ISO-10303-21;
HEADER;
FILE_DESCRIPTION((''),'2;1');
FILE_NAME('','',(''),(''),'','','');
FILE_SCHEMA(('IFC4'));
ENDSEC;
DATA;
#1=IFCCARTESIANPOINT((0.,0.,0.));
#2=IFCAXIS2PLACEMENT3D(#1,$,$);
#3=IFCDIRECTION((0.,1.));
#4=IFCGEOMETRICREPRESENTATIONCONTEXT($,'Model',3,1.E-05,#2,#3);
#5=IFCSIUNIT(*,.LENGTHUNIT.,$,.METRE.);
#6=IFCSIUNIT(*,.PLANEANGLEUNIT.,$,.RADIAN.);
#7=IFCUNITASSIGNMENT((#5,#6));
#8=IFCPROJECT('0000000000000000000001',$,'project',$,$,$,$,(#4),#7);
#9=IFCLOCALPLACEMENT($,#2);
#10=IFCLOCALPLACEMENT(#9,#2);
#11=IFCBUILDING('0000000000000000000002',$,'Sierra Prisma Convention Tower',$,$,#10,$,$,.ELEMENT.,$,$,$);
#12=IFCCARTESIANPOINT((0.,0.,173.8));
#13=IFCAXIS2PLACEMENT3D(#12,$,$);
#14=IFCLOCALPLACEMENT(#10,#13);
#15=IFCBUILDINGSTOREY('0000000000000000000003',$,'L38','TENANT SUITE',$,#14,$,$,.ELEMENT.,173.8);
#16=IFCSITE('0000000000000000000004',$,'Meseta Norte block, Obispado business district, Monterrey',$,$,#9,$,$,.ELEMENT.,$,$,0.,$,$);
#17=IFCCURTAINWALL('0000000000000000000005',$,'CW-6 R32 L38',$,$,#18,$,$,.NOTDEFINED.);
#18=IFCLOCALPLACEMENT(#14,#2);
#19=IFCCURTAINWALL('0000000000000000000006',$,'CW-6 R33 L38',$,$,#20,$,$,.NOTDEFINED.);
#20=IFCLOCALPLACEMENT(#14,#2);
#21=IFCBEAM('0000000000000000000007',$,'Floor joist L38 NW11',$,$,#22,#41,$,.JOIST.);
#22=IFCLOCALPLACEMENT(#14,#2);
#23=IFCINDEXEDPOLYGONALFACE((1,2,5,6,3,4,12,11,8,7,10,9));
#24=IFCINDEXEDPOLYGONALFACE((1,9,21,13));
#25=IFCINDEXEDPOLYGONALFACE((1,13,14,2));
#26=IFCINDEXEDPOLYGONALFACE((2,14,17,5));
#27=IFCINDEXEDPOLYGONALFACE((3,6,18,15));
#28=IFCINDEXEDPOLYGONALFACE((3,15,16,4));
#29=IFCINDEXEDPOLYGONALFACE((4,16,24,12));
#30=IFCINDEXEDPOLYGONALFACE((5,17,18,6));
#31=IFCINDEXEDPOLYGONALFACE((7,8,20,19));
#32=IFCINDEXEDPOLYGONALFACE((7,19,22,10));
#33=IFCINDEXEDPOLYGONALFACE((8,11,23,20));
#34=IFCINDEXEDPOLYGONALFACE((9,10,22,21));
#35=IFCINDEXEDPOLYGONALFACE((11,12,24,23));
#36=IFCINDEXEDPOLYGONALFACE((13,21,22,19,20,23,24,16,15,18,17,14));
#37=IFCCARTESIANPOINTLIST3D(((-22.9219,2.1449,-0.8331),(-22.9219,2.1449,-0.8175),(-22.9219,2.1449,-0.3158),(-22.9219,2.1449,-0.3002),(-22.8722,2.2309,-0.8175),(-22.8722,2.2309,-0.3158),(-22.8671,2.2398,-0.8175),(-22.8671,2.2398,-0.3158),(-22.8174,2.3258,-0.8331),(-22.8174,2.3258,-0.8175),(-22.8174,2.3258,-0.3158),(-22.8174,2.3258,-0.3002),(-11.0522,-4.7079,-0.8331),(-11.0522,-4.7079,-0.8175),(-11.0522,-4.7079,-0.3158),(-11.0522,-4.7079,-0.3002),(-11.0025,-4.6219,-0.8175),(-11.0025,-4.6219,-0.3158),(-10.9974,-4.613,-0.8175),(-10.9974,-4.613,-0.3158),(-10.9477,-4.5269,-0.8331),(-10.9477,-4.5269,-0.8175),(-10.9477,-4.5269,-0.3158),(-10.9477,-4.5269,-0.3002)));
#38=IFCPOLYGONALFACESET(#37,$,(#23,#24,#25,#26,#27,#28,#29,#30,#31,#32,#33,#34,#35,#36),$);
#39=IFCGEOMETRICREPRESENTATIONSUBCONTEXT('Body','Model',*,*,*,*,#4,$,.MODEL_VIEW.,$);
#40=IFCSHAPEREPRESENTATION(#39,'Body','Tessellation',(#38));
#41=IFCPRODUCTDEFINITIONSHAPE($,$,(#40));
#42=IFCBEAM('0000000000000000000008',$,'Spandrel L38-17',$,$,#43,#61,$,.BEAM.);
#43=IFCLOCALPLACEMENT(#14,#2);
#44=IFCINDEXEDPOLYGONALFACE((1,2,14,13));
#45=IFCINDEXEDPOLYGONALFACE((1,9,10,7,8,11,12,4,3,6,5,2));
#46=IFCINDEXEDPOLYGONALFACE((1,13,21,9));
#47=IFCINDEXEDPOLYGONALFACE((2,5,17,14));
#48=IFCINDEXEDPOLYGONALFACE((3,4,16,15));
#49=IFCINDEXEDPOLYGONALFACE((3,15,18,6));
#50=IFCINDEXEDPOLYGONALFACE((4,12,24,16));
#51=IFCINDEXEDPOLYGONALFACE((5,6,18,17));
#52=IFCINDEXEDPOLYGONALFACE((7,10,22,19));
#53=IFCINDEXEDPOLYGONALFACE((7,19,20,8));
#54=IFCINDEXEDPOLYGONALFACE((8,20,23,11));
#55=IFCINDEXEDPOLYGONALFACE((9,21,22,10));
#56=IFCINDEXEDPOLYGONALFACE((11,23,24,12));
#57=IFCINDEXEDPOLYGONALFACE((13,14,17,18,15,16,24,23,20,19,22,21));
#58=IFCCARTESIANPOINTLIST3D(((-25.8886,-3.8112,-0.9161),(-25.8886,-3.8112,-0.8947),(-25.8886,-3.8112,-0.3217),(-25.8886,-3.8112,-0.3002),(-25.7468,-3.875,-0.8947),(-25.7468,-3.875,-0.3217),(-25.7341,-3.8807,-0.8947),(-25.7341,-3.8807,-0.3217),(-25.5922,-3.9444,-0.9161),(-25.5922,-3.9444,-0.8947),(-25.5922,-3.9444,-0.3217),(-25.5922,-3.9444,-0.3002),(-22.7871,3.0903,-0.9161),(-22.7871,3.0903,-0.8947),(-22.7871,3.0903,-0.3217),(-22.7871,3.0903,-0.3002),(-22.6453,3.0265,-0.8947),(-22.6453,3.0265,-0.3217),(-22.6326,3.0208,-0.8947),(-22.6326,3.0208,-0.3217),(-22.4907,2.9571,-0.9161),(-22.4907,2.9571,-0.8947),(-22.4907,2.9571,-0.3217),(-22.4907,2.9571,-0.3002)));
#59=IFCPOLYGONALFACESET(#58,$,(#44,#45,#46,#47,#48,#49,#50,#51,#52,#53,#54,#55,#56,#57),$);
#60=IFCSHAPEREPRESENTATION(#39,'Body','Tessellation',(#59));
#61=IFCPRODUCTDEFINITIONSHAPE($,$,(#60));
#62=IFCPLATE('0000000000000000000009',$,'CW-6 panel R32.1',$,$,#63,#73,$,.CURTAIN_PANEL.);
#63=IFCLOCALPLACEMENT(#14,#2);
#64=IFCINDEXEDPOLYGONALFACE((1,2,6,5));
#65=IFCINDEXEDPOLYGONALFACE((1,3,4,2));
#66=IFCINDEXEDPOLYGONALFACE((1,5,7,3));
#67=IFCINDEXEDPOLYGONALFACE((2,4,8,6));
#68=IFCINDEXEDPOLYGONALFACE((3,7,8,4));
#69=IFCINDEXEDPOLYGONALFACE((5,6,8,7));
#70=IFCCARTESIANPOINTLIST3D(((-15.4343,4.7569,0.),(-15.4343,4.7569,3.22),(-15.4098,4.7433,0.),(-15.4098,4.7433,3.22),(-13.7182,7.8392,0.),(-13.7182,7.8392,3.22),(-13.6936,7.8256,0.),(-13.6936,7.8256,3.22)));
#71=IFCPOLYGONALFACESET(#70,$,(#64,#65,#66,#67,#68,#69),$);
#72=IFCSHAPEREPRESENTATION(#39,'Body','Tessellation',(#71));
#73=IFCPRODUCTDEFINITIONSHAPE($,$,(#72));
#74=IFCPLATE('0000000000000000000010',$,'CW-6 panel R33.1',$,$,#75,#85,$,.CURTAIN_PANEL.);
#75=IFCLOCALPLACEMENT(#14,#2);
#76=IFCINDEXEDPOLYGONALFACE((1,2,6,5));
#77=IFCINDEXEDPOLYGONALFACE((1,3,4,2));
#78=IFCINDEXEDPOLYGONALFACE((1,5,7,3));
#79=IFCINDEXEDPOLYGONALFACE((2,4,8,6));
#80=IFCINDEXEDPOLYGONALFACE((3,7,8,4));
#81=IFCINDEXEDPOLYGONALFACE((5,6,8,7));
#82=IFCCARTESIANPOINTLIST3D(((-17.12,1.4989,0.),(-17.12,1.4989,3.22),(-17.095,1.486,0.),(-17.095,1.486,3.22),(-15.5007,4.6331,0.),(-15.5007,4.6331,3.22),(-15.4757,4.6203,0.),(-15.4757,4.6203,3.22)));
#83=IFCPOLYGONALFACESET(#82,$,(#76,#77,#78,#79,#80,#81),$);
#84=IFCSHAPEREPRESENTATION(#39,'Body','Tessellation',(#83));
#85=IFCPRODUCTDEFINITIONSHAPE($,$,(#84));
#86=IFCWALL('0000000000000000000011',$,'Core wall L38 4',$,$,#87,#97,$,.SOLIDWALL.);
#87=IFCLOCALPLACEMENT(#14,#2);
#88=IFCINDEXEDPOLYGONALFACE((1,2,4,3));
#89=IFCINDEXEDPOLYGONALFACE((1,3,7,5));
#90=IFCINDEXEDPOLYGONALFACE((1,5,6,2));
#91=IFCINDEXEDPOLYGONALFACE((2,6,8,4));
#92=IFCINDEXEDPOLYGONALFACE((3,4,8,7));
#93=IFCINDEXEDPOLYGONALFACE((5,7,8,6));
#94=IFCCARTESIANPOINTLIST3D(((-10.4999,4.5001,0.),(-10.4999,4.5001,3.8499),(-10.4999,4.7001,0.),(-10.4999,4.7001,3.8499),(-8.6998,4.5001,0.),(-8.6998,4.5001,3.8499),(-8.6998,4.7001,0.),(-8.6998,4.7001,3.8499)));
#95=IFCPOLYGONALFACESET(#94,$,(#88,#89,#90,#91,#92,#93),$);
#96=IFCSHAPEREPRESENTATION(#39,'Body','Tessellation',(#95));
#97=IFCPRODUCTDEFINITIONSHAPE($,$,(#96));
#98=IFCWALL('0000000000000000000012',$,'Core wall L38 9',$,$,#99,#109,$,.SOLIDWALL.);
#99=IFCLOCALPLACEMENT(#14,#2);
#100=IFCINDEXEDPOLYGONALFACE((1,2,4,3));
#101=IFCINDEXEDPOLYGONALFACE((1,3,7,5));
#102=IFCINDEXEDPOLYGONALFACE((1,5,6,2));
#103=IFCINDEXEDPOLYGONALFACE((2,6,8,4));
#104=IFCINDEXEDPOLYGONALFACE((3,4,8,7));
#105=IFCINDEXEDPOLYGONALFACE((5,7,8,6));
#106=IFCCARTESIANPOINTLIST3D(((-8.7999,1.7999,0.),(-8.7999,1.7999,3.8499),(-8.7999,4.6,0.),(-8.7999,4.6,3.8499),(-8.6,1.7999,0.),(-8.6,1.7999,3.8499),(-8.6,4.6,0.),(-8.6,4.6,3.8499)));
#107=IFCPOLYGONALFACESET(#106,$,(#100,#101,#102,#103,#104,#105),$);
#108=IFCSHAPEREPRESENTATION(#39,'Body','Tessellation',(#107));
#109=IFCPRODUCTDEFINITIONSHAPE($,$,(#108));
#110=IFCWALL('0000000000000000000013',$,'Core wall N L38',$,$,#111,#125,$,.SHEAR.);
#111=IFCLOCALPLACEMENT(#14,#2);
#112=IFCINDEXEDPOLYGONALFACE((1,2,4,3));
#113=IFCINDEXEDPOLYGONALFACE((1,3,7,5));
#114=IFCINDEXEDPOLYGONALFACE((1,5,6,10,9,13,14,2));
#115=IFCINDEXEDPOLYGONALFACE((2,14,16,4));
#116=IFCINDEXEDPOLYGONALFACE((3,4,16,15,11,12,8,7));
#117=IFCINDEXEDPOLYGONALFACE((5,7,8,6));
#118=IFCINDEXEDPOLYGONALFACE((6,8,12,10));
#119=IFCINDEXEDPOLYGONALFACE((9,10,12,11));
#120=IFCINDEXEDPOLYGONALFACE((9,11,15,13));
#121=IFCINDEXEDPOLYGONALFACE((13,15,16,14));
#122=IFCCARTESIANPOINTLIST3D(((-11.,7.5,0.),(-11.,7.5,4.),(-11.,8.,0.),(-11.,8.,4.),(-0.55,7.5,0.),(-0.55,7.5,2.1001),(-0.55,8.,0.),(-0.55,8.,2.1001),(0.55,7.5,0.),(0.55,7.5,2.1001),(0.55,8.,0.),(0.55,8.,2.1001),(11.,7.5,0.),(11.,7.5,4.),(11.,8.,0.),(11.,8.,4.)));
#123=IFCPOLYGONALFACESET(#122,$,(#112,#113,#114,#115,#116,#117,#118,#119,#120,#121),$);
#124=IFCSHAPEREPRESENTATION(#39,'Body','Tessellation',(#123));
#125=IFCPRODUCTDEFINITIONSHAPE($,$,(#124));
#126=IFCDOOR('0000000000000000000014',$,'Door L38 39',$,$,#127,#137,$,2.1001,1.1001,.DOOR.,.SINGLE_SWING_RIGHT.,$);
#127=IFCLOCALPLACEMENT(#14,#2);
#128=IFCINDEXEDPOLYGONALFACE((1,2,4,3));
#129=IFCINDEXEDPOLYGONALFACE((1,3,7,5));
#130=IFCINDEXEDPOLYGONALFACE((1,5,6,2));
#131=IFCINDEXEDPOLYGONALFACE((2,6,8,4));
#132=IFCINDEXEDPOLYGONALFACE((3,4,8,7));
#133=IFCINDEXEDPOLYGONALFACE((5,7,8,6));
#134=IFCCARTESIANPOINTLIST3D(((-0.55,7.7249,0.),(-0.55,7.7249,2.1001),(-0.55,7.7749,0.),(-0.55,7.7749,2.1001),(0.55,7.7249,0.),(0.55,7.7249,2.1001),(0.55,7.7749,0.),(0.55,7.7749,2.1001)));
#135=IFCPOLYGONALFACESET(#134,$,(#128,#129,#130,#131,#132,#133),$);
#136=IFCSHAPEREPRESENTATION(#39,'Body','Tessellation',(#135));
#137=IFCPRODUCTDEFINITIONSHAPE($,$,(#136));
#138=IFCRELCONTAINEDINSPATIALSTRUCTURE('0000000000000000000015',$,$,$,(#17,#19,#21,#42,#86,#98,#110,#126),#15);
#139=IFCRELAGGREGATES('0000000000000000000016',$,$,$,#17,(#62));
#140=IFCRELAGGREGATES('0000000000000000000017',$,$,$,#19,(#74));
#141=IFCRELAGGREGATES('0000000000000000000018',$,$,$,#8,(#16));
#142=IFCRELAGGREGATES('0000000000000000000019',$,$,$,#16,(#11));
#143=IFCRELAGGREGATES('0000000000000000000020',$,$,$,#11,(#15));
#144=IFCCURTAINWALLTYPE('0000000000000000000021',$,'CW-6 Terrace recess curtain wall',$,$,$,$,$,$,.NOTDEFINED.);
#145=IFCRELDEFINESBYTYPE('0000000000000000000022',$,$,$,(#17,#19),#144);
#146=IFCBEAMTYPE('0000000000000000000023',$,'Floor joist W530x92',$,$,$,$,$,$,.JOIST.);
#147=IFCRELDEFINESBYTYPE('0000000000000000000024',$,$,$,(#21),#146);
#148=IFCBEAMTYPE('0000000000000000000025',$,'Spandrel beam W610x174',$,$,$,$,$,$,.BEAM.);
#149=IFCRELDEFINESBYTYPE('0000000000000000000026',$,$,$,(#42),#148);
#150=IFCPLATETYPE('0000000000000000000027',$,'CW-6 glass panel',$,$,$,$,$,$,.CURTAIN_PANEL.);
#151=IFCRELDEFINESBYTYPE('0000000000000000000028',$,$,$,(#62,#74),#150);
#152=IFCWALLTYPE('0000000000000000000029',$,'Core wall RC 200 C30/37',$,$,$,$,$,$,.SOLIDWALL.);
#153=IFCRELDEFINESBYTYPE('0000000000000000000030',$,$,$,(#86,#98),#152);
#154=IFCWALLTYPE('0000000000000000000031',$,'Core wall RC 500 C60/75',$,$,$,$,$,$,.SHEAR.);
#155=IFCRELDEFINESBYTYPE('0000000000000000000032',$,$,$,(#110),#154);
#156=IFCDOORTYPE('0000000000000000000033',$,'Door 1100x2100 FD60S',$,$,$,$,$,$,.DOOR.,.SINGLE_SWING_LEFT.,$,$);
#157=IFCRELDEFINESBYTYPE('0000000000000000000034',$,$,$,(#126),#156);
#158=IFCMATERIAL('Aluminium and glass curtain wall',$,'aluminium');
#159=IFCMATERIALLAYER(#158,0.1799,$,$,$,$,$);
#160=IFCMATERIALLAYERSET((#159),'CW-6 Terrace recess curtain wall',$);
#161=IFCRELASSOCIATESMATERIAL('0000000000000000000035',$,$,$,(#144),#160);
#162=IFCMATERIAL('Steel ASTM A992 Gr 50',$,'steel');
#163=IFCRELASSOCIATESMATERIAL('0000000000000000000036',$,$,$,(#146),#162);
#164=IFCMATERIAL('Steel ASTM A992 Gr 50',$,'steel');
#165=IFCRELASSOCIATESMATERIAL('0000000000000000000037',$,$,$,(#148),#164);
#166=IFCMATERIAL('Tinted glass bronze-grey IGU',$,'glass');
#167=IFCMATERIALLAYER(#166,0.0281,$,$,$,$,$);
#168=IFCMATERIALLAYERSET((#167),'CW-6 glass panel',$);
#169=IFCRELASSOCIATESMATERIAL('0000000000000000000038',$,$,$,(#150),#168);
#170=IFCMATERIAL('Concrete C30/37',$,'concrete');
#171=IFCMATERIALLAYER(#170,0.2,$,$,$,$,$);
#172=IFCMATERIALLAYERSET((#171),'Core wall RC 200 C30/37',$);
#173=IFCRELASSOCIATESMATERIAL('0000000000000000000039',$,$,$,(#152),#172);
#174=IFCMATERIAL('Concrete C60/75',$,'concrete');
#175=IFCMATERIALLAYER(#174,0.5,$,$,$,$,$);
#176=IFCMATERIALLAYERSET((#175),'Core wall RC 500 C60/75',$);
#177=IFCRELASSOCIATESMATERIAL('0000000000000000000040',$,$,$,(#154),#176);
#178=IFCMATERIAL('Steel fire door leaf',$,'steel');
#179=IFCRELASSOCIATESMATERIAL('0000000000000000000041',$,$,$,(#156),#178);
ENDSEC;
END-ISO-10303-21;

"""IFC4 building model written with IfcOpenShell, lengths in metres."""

from ifc_helpers import new_model, si_unit, direction, frame, frame_2d, origin, origin_2d, place, context, subcontext, project, spatial, rectangle, i_section, extrude, material, layer, layer_set, material_profile, profile_set, type_object, element, fill, aggregate, save


model = new_model("IFC4")

# Units and contexts
model_context = context("Model", 3, precision=1e-05, world=origin(), true_north=direction((0.0, 1.0)))
body_context = subcontext(model_context, "Body", "Model", "MODEL_VIEW")
ifc_project = project(units=[si_unit("LENGTHUNIT", "METRE"), si_unit("PLANEANGLEUNIT", "RADIAN")], contexts=[model_context])

# Site, building, storey
site_placement = place(None, origin())
site = spatial("IfcSite", under=ifc_project, at=site_placement, Name="Meseta Norte block, Obispado business district, Monterrey", CompositionType="ELEMENT", RefElevation=0.0)
building_placement = place(site_placement, origin())
building = spatial("IfcBuilding", under=site, at=building_placement, Name="Sierra Prisma Convention Tower", CompositionType="ELEMENT")
storey_placement = place(building_placement, frame((0.0, 0.0, 173.8)))
storey = spatial("IfcBuildingStorey", under=building, at=storey_placement, Name="L38", Description="TENANT SUITE", CompositionType="ELEMENT", Elevation=173.8)

# Curtain walls
ifc_material_1 = material(Name="Aluminium and glass curtain wall", Category="aluminium")
ifc_layer_1 = layer(ifc_material_1, 0.1799)
ifc_layer_set_1 = layer_set([ifc_layer_1], Name="CW-6 Terrace recess curtain wall")
curtain_wall_type_1 = type_object("IfcCurtainWallType", Name="CW-6 Terrace recess curtain wall", PredefinedType="NOTDEFINED", material=ifc_layer_set_1)
curtain_wall_1_placement = place(storey_placement, origin())
curtain_wall_1 = element("IfcCurtainWall", 1, at=curtain_wall_1_placement, inside=storey, type_object=curtain_wall_type_1, Name="CW-6 R32 L38", PredefinedType="NOTDEFINED")
curtain_wall_2_placement = place(storey_placement, origin())
curtain_wall_2 = element("IfcCurtainWall", 2, at=curtain_wall_2_placement, inside=storey, type_object=curtain_wall_type_1, Name="CW-6 R33 L38", PredefinedType="NOTDEFINED")

# Beams
ifc_material_2 = material(Name="Steel ASTM A992 Gr 50", Category="steel")
ifc_material_profile_1 = material_profile(ifc_material_2, i_section(OverallWidth=0.209, OverallDepth=0.533, WebThickness=0.0103, FlangeThickness=0.0156, at=origin_2d()), Name="W530x92")
ifc_profile_set_1 = profile_set([ifc_material_profile_1], Name="Steel ASTM A992 Gr 50")
beam_type_1 = type_object("IfcBeamType", Name="Floor joist W530x92", PredefinedType="JOIST", material=ifc_profile_set_1)
beam_1_placement = place(storey_placement, frame((-22.8696, 2.2354, -0.5667), z_axis=(0.86603, -0.499992, 0.0), x_axis=(0.499992, 0.86603, 0.0)))
element("IfcBeam", 3, at=beam_1_placement, inside=storey, type_object=beam_type_1, Name="Floor joist L38 NW11", PredefinedType="JOIST", context=body_context, shape_type="SweptSolid", body=[
    extrude(i_section(OverallWidth=0.209, OverallDepth=0.533, WebThickness=0.0103, FlangeThickness=0.0156, at=origin_2d()), origin(), (0.0, 0.0, 1.0), 13.7058),
])
ifc_material_3 = material(Name="Steel ASTM A992 Gr 50", Category="steel")
ifc_material_profile_2 = material_profile(ifc_material_3, i_section(OverallWidth=0.325, OverallDepth=0.616, WebThickness=0.0139, FlangeThickness=0.0215, at=origin_2d()), Name="W610x174")
ifc_profile_set_2 = profile_set([ifc_material_profile_2], Name="Steel ASTM A992 Gr 50")
beam_type_2 = type_object("IfcBeamType", Name="Spandrel beam W610x174", PredefinedType="BEAM", material=ifc_profile_set_2)
beam_2_placement = place(storey_placement, frame((-22.6389, 3.0237, -0.6082), z_axis=(-0.409907, -0.912127, 0.0), x_axis=(0.912127, -0.409907, 0.0)))
element("IfcBeam", 4, at=beam_2_placement, inside=storey, type_object=beam_type_2, Name="Spandrel L38-17", PredefinedType="BEAM", context=body_context, shape_type="SweptSolid", body=[
    extrude(i_section(OverallWidth=0.325, OverallDepth=0.616, WebThickness=0.0139, FlangeThickness=0.0215, at=origin_2d()), origin(), (0.0, 0.0, 1.0), 7.5664),
])

# Plates
ifc_material_4 = material(Name="Tinted glass bronze-grey IGU", Category="glass")
ifc_layer_2 = layer(ifc_material_4, 0.0281)
ifc_layer_set_2 = layer_set([ifc_layer_2], Name="CW-6 glass panel")
plate_type = type_object("IfcPlateType", Name="CW-6 glass panel", PredefinedType="CURTAIN_PANEL", material=ifc_layer_set_2)
plate_1_placement = place(storey_placement, frame((-14.564, 6.2913, 0.0), z_axis=(0.0, 0.0, 1.0), x_axis=(-0.486451, -0.873708, 0.0)))
plate_1 = element("IfcPlate", 5, at=plate_1_placement, type_object=plate_type, Name="CW-6 panel R32.1", PredefinedType="CURTAIN_PANEL", context=body_context, shape_type="SweptSolid", body=[
    extrude(rectangle(XDim=3.5278, YDim=0.0281, at=origin_2d()), origin(), (0.0, 0.0, 1.0), 3.22),
])
aggregate(curtain_wall_1, [plate_1])
plate_2_placement = place(storey_placement, frame((-16.2979, 3.0596, 0.0), z_axis=(0.0, 0.0, 1.0), x_axis=(-0.459003, -0.888435, 0.0)))
plate_2 = element("IfcPlate", 6, at=plate_2_placement, type_object=plate_type, Name="CW-6 panel R33.1", PredefinedType="CURTAIN_PANEL", context=body_context, shape_type="SweptSolid", body=[
    extrude(rectangle(XDim=3.5278, YDim=0.0281, at=origin_2d()), origin(), (0.0, 0.0, 1.0), 3.22),
])
aggregate(curtain_wall_2, [plate_2])

# Shared definitions
ifc_material_5 = material(Name="Concrete C30/37", Category="concrete")
ifc_layer_3 = layer(ifc_material_5, 0.2)
ifc_layer_set_3 = layer_set([ifc_layer_3], Name="Core wall RC 200 C30/37")
wall_type_1 = type_object("IfcWallType", Name="Core wall RC 200 C30/37", PredefinedType="SOLIDWALL", material=ifc_layer_set_3)

# Walls
wall_1_placement = place(storey_placement, frame((-8.7, 4.6001, 0.0), z_axis=(0.0, 0.0, 1.0), x_axis=(-1.0, 0.0, 0.0)))
element("IfcWall", 7, at=wall_1_placement, inside=storey, type_object=wall_type_1, Name="Core wall L38 4", PredefinedType="SOLIDWALL", context=body_context, shape_type="SweptSolid", body=[
    extrude(rectangle(XDim=1.8, YDim=0.2, at=frame_2d((0.8999, 0.0))), origin(), (0.0, 0.0, 1.0), 3.8499),
])
wall_2_placement = place(storey_placement, frame((-8.7, 1.8, 0.0), z_axis=(0.0, 0.0, 1.0), x_axis=(0.0, 1.0, 0.0)))
element("IfcWall", 8, at=wall_2_placement, inside=storey, type_object=wall_type_1, Name="Core wall L38 9", PredefinedType="SOLIDWALL", context=body_context, shape_type="SweptSolid", body=[
    extrude(rectangle(XDim=2.8, YDim=0.2, at=frame_2d((1.3999, 0.0))), origin(), (0.0, 0.0, 1.0), 3.8499),
])

# Wall, opening, door
ifc_material_6 = material(Name="Concrete C60/75", Category="concrete")
ifc_layer_4 = layer(ifc_material_6, 0.5)
ifc_layer_set_4 = layer_set([ifc_layer_4], Name="Core wall RC 500 C60/75")
wall_type_2 = type_object("IfcWallType", Name="Core wall RC 500 C60/75", PredefinedType="SHEAR", material=ifc_layer_set_4)
wall_3_placement = place(storey_placement, frame((-11.0, 7.75, 0.0), z_axis=(0.0, 0.0, 1.0), x_axis=(1.0, 0.0, 0.0)))
wall_3 = element("IfcWall", 9, at=wall_3_placement, inside=storey, type_object=wall_type_2, Name="Core wall N L38", PredefinedType="SHEAR", context=body_context, shape_type="SweptSolid", body=[
    extrude(rectangle(XDim=22.0, YDim=0.5, at=frame_2d((11.0, 0.0))), origin(), (0.0, 0.0, 1.0), 4.0),
])
opening_1_placement = place(wall_3_placement, frame((10.45, 0.0, 0.0)))
opening_1 = element("IfcOpeningElement", 10, at=opening_1_placement, cuts=wall_3, PredefinedType="OPENING", context=body_context, shape_type="SweptSolid", body=[
    extrude(rectangle(XDim=1.1001, YDim=2.1001, at=frame_2d((0.55, 1.05))), frame((0.0, 0.25, 0.0), z_axis=(0.0, -1.0, 0.0), x_axis=(1.0, 0.0, 0.0)), (0.0, 0.0, 1.0), 0.5),
])
ifc_material_7 = material(Name="Steel fire door leaf", Category="steel")
door_type_1 = type_object("IfcDoorType", Name="Door 1100x2100 FD60S", OperationType="SINGLE_SWING_LEFT", PredefinedType="DOOR", material=ifc_material_7)
door_1_placement = place(opening_1_placement, origin())
door_1 = element("IfcDoor", 11, at=door_1_placement, inside=storey, type_object=door_type_1, Name="Door L38 39", OperationType="SINGLE_SWING_RIGHT", OverallHeight=2.1001, OverallWidth=1.1001, PredefinedType="DOOR", context=body_context, shape_type="SweptSolid", body=[
    extrude(rectangle(XDim=1.1001, YDim=2.1001, at=frame_2d((0.55, 1.05))), frame((0.0, 0.0249, 0.0), z_axis=(0.0, -1.0, 0.0), x_axis=(1.0, 0.0, 0.0)), (0.0, 0.0, 1.0), 0.05),
])
fill(opening_1, door_1)

save(model, "model.ifc")
